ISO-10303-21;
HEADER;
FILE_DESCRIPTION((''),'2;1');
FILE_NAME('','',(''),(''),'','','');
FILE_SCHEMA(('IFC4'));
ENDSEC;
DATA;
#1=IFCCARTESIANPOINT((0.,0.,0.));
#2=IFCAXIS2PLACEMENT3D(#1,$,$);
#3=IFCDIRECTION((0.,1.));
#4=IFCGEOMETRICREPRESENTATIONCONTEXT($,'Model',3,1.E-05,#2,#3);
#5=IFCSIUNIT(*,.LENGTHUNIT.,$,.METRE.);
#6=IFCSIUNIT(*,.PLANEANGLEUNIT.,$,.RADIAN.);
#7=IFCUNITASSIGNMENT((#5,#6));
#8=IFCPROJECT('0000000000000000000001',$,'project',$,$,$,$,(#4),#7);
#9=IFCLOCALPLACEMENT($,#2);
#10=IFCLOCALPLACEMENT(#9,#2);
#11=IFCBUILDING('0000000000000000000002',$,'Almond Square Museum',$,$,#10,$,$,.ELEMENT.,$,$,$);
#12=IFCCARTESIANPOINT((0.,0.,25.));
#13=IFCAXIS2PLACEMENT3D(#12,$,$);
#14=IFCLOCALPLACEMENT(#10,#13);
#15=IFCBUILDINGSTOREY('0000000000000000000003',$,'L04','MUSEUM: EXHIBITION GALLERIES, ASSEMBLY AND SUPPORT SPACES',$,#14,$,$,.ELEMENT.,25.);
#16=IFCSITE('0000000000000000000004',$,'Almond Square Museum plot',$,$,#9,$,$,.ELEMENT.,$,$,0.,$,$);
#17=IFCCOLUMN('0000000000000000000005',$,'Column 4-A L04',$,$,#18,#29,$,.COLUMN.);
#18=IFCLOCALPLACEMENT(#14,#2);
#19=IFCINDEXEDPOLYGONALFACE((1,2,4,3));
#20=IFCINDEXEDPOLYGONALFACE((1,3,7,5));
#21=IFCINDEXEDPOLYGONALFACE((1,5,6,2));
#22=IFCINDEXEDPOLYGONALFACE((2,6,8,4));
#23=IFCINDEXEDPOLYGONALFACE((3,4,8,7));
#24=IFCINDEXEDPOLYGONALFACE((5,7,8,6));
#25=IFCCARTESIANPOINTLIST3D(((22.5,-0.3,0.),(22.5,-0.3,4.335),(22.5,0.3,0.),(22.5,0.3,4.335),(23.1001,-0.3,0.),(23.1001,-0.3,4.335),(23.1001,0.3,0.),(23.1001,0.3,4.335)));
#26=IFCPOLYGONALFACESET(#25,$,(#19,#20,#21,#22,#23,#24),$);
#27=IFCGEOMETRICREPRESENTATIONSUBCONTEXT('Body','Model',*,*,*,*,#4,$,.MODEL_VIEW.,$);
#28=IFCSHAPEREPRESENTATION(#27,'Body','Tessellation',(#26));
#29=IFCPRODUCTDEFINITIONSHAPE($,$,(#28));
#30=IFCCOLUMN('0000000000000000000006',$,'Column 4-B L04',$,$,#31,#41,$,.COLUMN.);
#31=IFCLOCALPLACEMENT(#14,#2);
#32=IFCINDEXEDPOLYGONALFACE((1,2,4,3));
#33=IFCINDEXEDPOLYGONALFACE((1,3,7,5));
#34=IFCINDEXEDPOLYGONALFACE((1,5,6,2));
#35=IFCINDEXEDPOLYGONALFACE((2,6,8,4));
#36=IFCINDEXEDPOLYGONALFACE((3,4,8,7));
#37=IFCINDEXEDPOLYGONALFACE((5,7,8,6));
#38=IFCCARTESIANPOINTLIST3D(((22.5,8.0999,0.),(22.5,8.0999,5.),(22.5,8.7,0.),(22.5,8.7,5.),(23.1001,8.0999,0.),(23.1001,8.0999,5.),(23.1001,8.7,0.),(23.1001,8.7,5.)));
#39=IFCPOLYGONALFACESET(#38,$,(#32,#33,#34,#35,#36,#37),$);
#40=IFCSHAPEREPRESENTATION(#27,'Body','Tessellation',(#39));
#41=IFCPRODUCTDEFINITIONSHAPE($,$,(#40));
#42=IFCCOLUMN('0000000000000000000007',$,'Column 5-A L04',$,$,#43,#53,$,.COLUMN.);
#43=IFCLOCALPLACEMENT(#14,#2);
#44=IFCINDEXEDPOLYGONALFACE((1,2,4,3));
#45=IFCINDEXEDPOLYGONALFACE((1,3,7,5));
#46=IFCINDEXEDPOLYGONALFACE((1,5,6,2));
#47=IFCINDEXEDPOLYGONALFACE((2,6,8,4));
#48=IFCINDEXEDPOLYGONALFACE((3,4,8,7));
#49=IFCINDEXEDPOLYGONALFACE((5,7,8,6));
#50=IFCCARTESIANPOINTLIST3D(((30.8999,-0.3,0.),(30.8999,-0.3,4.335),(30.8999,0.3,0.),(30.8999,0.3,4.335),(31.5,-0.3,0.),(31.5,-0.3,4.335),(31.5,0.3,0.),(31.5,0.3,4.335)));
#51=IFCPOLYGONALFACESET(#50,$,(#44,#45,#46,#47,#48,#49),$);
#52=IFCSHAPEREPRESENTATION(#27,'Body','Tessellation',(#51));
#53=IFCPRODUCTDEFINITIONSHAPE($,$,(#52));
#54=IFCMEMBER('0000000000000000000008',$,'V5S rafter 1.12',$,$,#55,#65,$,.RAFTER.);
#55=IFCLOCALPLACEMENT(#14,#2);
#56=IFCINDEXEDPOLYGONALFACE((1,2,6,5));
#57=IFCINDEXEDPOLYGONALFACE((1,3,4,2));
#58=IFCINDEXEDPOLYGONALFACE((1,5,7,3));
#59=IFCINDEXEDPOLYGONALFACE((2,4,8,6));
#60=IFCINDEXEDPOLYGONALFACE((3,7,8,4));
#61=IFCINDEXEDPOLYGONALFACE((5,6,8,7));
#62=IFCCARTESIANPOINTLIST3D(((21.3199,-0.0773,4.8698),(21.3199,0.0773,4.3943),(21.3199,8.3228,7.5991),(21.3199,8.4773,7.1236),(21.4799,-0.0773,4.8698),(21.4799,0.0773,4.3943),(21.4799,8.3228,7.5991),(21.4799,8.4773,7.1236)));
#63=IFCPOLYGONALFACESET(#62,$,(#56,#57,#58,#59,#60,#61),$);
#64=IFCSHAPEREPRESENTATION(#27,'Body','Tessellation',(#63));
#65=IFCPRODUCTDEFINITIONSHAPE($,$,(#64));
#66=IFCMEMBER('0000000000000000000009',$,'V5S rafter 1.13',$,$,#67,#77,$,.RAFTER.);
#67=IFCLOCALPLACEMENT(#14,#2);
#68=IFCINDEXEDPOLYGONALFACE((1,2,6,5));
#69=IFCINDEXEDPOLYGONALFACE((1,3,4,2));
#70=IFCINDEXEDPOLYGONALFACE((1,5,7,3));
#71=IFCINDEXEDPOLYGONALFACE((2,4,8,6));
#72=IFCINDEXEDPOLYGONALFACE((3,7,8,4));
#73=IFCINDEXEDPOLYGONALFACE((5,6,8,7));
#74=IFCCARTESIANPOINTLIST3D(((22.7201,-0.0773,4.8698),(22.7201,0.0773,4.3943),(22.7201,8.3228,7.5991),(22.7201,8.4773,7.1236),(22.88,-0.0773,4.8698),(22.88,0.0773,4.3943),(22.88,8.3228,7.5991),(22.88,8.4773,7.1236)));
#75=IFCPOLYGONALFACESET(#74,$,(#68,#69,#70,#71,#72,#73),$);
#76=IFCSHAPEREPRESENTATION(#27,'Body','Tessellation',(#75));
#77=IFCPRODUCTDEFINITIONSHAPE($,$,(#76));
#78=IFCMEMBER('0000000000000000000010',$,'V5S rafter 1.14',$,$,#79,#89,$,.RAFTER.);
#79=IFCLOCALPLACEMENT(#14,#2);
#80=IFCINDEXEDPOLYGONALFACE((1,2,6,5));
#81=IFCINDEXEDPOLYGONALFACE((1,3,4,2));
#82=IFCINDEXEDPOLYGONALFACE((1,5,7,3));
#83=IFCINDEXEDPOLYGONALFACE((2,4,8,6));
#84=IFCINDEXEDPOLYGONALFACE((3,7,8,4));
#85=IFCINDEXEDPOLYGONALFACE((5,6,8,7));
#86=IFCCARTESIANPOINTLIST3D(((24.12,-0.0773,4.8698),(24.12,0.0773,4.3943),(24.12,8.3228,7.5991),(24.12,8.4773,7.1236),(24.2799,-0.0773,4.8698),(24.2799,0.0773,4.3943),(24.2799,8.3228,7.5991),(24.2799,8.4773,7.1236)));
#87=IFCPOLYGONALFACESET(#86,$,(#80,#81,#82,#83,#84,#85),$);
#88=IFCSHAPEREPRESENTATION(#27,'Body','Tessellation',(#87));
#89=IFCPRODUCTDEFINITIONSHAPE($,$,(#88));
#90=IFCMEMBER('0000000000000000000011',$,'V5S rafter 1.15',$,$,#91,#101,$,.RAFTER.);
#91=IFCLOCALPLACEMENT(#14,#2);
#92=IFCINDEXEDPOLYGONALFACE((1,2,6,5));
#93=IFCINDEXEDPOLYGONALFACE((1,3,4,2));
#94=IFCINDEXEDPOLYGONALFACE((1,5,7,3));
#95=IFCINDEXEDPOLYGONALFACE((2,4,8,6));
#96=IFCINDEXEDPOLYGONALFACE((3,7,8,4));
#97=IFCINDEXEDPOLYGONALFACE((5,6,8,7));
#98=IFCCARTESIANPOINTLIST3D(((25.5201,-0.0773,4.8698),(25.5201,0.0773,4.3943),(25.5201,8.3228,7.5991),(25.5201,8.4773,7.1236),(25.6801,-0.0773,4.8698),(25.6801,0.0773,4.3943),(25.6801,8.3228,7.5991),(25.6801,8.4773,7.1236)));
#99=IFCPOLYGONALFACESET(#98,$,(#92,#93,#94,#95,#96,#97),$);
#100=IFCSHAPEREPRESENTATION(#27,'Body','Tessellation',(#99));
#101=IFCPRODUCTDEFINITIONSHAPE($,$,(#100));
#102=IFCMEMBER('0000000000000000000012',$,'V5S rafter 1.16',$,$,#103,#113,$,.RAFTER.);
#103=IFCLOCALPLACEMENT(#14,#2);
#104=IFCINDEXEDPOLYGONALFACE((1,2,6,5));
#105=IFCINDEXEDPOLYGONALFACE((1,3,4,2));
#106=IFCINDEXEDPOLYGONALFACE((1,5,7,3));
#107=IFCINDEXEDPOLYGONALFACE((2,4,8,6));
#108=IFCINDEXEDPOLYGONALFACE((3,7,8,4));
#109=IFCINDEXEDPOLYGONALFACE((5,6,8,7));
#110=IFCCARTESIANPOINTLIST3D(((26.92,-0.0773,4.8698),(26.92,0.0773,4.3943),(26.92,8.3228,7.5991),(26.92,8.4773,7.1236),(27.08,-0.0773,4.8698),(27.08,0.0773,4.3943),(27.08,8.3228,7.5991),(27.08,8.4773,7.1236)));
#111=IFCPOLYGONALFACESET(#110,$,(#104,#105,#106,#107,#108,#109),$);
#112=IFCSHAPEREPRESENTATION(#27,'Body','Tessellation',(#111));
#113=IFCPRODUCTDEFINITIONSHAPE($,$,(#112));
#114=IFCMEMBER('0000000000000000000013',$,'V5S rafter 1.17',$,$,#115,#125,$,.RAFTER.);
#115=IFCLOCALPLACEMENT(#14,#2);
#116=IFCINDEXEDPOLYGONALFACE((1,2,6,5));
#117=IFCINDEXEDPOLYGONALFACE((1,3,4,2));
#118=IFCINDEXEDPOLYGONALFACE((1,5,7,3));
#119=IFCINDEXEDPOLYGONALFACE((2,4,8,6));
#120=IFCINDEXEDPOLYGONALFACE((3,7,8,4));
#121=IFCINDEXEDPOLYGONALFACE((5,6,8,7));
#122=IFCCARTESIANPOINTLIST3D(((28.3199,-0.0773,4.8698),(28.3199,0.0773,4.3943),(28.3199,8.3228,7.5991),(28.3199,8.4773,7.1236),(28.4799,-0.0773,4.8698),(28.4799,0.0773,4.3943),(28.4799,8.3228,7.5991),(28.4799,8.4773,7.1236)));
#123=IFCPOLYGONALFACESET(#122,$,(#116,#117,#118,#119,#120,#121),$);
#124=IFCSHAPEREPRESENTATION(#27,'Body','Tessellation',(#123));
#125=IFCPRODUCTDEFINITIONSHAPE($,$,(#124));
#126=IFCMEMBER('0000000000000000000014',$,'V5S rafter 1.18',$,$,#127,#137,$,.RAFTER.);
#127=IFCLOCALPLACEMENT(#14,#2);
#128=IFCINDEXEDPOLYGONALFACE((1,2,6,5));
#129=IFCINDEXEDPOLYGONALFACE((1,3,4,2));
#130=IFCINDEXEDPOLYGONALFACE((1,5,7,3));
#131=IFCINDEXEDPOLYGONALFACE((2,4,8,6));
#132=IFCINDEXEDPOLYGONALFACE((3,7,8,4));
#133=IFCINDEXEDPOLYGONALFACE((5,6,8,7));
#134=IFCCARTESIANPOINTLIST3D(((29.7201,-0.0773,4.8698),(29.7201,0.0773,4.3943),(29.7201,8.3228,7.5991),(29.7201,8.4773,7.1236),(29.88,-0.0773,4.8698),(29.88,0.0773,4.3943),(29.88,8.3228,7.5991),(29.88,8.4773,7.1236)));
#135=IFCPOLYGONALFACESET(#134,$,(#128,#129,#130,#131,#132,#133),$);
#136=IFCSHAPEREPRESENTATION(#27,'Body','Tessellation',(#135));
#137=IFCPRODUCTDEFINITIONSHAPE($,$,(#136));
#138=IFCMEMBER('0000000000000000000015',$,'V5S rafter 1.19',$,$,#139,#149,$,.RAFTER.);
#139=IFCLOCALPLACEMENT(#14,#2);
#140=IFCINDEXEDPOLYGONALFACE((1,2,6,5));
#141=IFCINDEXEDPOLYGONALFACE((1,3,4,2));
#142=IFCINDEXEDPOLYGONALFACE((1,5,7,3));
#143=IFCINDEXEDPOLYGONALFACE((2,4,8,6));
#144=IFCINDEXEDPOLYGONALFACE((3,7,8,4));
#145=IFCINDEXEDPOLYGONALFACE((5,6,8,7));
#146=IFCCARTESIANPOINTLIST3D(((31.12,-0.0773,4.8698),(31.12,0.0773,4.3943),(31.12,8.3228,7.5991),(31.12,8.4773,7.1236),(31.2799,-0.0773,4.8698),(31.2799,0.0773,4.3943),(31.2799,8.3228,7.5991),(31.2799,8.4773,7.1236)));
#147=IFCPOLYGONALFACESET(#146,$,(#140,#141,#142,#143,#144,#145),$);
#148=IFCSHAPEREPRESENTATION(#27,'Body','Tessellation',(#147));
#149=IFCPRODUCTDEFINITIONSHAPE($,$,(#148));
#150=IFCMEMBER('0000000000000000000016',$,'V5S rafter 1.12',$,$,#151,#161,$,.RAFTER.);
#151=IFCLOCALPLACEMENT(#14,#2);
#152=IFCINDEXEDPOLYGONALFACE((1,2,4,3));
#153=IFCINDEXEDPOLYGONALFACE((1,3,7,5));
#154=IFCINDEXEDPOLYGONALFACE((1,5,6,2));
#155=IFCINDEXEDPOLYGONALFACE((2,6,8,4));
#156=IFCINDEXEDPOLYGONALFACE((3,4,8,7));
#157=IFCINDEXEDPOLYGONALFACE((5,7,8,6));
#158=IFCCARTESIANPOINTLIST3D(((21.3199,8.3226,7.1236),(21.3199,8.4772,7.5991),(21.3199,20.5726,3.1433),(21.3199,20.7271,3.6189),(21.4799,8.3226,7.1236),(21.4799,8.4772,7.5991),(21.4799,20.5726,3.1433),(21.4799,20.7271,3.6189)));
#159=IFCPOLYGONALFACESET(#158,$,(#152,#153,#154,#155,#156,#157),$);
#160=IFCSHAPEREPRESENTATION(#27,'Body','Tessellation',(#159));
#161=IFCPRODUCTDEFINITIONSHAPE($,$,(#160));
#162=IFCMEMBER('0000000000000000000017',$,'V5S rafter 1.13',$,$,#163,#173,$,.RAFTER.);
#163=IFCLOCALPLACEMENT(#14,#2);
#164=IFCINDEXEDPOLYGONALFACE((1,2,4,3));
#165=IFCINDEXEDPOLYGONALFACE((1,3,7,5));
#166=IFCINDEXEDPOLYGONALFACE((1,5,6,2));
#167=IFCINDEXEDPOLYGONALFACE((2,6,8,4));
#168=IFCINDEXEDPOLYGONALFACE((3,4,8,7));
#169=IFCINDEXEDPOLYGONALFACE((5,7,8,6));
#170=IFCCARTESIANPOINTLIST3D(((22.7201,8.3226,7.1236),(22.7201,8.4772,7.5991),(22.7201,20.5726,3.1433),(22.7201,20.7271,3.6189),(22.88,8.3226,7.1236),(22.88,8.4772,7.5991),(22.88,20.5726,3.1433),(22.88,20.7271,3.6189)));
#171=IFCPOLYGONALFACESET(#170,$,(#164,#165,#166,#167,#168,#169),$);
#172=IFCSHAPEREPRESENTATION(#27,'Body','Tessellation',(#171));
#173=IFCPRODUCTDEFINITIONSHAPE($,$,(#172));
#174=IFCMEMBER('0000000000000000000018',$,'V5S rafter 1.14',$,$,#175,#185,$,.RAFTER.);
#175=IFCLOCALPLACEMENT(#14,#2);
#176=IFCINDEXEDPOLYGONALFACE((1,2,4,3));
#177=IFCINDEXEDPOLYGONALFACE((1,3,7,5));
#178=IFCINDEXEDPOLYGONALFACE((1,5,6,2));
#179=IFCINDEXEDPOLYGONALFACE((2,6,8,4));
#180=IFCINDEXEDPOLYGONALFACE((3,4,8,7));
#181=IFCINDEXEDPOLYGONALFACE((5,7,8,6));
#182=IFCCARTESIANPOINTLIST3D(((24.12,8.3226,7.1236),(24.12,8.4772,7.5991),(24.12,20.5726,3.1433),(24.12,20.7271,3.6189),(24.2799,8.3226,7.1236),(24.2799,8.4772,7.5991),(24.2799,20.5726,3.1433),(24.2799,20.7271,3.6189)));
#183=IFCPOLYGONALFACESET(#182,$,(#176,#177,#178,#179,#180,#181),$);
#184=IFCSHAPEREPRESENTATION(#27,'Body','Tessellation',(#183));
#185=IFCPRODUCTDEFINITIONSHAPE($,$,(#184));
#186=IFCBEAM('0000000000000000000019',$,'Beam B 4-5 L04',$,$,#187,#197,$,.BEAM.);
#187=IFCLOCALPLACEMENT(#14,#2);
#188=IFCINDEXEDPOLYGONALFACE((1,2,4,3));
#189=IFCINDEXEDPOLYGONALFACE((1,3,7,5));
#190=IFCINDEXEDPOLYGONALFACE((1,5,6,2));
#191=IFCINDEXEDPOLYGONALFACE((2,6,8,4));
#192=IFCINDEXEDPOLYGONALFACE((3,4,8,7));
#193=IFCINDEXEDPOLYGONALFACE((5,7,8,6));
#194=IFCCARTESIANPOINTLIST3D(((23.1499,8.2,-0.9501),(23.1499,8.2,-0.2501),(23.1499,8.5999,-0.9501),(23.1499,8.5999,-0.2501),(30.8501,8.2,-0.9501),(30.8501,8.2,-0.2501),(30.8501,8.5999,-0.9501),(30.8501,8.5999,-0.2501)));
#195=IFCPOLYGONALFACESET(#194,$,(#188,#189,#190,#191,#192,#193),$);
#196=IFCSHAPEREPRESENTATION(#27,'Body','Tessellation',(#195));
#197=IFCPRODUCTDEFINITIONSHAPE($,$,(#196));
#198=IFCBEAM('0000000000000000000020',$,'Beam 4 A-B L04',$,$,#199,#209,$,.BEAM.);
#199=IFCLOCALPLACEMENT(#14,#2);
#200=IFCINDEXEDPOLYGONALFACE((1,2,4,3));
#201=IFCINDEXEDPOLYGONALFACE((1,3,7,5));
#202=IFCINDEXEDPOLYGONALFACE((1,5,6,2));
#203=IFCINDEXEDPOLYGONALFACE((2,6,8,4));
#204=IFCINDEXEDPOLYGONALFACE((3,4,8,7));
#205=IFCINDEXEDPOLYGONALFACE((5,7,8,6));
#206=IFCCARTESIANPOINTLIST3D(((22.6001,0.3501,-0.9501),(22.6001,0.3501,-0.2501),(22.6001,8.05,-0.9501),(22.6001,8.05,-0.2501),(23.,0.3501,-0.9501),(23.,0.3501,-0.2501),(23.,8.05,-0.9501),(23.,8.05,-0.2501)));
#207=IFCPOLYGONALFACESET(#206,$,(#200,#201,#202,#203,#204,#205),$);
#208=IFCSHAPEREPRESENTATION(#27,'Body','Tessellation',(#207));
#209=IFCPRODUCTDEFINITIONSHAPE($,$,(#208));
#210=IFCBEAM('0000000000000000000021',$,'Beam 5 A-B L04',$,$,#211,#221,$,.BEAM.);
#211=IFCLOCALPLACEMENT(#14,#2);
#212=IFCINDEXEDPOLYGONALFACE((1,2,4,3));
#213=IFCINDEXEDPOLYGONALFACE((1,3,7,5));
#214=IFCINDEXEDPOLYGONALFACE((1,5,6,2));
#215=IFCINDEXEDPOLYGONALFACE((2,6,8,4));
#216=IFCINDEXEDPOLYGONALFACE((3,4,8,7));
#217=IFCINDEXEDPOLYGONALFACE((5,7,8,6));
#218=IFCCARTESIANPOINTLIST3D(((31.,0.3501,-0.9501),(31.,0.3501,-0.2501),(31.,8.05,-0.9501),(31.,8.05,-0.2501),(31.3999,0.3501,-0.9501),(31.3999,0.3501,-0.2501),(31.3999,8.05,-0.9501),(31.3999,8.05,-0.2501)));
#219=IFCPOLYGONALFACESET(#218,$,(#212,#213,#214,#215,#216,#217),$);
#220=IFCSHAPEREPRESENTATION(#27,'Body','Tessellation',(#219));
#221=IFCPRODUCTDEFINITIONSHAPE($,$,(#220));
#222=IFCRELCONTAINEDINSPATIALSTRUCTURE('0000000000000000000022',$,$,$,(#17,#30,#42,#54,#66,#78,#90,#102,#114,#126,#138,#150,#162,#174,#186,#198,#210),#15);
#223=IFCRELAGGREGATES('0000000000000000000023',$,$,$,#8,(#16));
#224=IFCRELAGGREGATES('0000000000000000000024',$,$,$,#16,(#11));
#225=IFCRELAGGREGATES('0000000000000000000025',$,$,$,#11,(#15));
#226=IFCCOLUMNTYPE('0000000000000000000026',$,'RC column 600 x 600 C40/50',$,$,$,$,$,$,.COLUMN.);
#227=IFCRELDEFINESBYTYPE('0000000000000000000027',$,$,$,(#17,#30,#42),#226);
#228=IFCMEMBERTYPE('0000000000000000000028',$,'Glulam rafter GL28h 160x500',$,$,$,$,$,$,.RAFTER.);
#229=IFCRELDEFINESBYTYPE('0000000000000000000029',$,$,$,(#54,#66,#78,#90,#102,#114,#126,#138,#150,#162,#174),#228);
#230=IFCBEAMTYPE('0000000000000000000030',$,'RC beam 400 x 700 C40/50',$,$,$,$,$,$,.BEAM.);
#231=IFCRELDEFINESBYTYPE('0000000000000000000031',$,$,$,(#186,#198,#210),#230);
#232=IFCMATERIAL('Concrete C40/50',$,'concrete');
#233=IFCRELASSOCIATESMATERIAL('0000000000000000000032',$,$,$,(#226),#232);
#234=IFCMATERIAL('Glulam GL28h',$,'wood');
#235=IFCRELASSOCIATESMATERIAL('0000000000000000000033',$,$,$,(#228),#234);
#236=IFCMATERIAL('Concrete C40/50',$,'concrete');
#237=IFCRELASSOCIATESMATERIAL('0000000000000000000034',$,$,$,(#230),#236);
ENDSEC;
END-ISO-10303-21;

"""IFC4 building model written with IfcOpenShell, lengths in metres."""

from ifc_helpers import new_model, si_unit, direction, frame, origin, origin_2d, place, context, subcontext, project, spatial, rectangle, extrude, material, material_profile, profile_set, type_object, element, save


model = new_model("IFC4")

# Units and contexts
model_context = context("Model", 3, precision=1e-05, world=origin(), true_north=direction((0.0, 1.0)))
body_context = subcontext(model_context, "Body", "Model", "MODEL_VIEW")
ifc_project = project(units=[si_unit("LENGTHUNIT", "METRE"), si_unit("PLANEANGLEUNIT", "RADIAN")], contexts=[model_context])

# Site, building, storey
site_placement = place(None, origin())
site = spatial("IfcSite", under=ifc_project, at=site_placement, Name="Almond Square Museum plot", CompositionType="ELEMENT", RefElevation=0.0)
building_placement = place(site_placement, origin())
building = spatial("IfcBuilding", under=site, at=building_placement, Name="Almond Square Museum", CompositionType="ELEMENT")
storey_placement = place(building_placement, frame((0.0, 0.0, 25.0)))
storey = spatial("IfcBuildingStorey", under=building, at=storey_placement, Name="L04", Description="MUSEUM: EXHIBITION GALLERIES, ASSEMBLY AND SUPPORT SPACES", CompositionType="ELEMENT", Elevation=25.0)

# Columns
ifc_material_1 = material(Name="Concrete C40/50", Category="concrete")
ifc_material_profile_1 = material_profile(ifc_material_1, rectangle(XDim=0.6001, YDim=0.6001, at=origin_2d()))
ifc_profile_set_1 = profile_set([ifc_material_profile_1], Name="Concrete C40/50")
column_type = type_object("IfcColumnType", Name="RC column 600 x 600 C40/50", PredefinedType="COLUMN", material=ifc_profile_set_1)
column_1_placement = place(storey_placement, frame((22.8, 0.0, 0.0), z_axis=(0.0, 0.0, 1.0), x_axis=(1.0, 0.0, 0.0)))
element("IfcColumn", 1, at=column_1_placement, inside=storey, type_object=column_type, Name="Column 4-A L04", PredefinedType="COLUMN", context=body_context, shape_type="SweptSolid", body=[
    extrude(rectangle(XDim=0.6001, YDim=0.6001, at=origin_2d()), origin(), (0.0, 0.0, 1.0), 4.335),
])
column_2_placement = place(storey_placement, frame((22.8, 8.3999, 0.0), z_axis=(0.0, 0.0, 1.0), x_axis=(1.0, 0.0, 0.0)))
element("IfcColumn", 2, at=column_2_placement, inside=storey, type_object=column_type, Name="Column 4-B L04", PredefinedType="COLUMN", context=body_context, shape_type="SweptSolid", body=[
    extrude(rectangle(XDim=0.6001, YDim=0.6001, at=origin_2d()), origin(), (0.0, 0.0, 1.0), 5.0),
])
column_3_placement = place(storey_placement, frame((31.2, 0.0, 0.0), z_axis=(0.0, 0.0, 1.0), x_axis=(1.0, 0.0, 0.0)))
element("IfcColumn", 3, at=column_3_placement, inside=storey, type_object=column_type, Name="Column 5-A L04", PredefinedType="COLUMN", context=body_context, shape_type="SweptSolid", body=[
    extrude(rectangle(XDim=0.6001, YDim=0.6001, at=origin_2d()), origin(), (0.0, 0.0, 1.0), 4.335),
])

# Members
ifc_material_2 = material(Name="Glulam GL28h", Category="wood")
ifc_material_profile_2 = material_profile(ifc_material_2, rectangle(XDim=0.1599, YDim=0.5, at=origin_2d()))
ifc_profile_set_2 = profile_set([ifc_material_profile_2], Name="Glulam GL28h")
member_type = type_object("IfcMemberType", Name="Glulam rafter GL28h 160x500", PredefinedType="RAFTER", material=ifc_profile_set_2)
for number, where, z_axis, x_axis, name in (
    (4, (21.3999, 0.0, 4.6321), (0.0, 0.951058, 0.309012), (-1.0, 0.0, 0.0), "V5S rafter 1.12"),
    (5, (22.8, 0.0, 4.6321), (0.0, 0.951058, 0.309012), (-1.0, 0.0, 0.0), "V5S rafter 1.13"),
    (6, (24.2, 0.0, 4.6321), (0.0, 0.951058, 0.309012), (-1.0, 0.0, 0.0), "V5S rafter 1.14"),
    (7, (25.6001, 0.0, 4.6321), (0.0, 0.951058, 0.309012), (-1.0, 0.0, 0.0), "V5S rafter 1.15"),
    (8, (27.0, 0.0, 4.6321), (0.0, 0.951058, 0.309012), (-1.0, 0.0, 0.0), "V5S rafter 1.16"),
    (9, (28.3999, 0.0, 4.6321), (0.0, 0.951058, 0.309012), (-1.0, 0.0, 0.0), "V5S rafter 1.17"),
    (10, (29.8, 0.0, 4.6321), (0.0, 0.951058, 0.309012), (-1.0, 0.0, 0.0), "V5S rafter 1.18"),
    (11, (31.2, 0.0, 4.6321), (0.0, 0.951058, 0.309012), (-1.0, 0.0, 0.0), "V5S rafter 1.19"),
):
    element("IfcMember", number, at=place(storey_placement, frame(where, z_axis=z_axis, x_axis=x_axis)), inside=storey, type_object=member_type, Name=name, PredefinedType="RAFTER", context=body_context, shape_type="SweptSolid", body=[
        extrude(rectangle(XDim=0.1599, YDim=0.5, at=origin_2d()), origin(), (0.0, 0.0, 1.0), 8.8323),
    ])
for number, where, z_axis, x_axis, name in (
    (12, (21.3999, 8.3999, 7.3613), (0.0, 0.951057, -0.309014), (-1.0, 0.0, 0.0), "V5S rafter 1.12"),
    (13, (22.8, 8.3999, 7.3613), (0.0, 0.951057, -0.309014), (-1.0, 0.0, 0.0), "V5S rafter 1.13"),
    (14, (24.2, 8.3999, 7.3613), (0.0, 0.951057, -0.309014), (-1.0, 0.0, 0.0), "V5S rafter 1.14"),
):
    element("IfcMember", number, at=place(storey_placement, frame(where, z_axis=z_axis, x_axis=x_axis)), inside=storey, type_object=member_type, Name=name, PredefinedType="RAFTER", context=body_context, shape_type="SweptSolid", body=[
        extrude(rectangle(XDim=0.1599, YDim=0.5, at=origin_2d()), origin(), (0.0, 0.0, 1.0), 12.8804),
    ])

# Beams
ifc_material_3 = material(Name="Concrete C40/50", Category="concrete")
ifc_material_profile_3 = material_profile(ifc_material_3, rectangle(XDim=0.3999, YDim=0.7, at=origin_2d()))
ifc_profile_set_3 = profile_set([ifc_material_profile_3], Name="Concrete C40/50")
beam_type_1 = type_object("IfcBeamType", Name="RC beam 400 x 700 C40/50", PredefinedType="BEAM", material=ifc_profile_set_3)
beam_1_placement = place(storey_placement, frame((23.1499, 8.3999, -0.6001), z_axis=(1.0, 0.0, 0.0), x_axis=(0.0, 1.0, 0.0)))
element("IfcBeam", 15, at=beam_1_placement, inside=storey, type_object=beam_type_1, Name="Beam B 4-5 L04", PredefinedType="BEAM", context=body_context, shape_type="SweptSolid", body=[
    extrude(rectangle(XDim=0.3999, YDim=0.7, at=origin_2d()), origin(), (0.0, 0.0, 1.0), 7.7002),
])
for number, where, z_axis, x_axis, name in (
    (16, (22.8, 0.3501, -0.6001), (0.0, 1.0, 0.0), (-1.0, 0.0, 0.0), "Beam 4 A-B L04"),
    (17, (31.2, 0.3501, -0.6001), (0.0, 1.0, 0.0), (-1.0, 0.0, 0.0), "Beam 5 A-B L04"),
):
    element("IfcBeam", number, at=place(storey_placement, frame(where, z_axis=z_axis, x_axis=x_axis)), inside=storey, type_object=beam_type_1, Name=name, PredefinedType="BEAM", context=body_context, shape_type="SweptSolid", body=[
        extrude(rectangle(XDim=0.3999, YDim=0.7, at=origin_2d()), origin(), (0.0, 0.0, 1.0), 7.7),
    ])

save(model, "model.ifc")
